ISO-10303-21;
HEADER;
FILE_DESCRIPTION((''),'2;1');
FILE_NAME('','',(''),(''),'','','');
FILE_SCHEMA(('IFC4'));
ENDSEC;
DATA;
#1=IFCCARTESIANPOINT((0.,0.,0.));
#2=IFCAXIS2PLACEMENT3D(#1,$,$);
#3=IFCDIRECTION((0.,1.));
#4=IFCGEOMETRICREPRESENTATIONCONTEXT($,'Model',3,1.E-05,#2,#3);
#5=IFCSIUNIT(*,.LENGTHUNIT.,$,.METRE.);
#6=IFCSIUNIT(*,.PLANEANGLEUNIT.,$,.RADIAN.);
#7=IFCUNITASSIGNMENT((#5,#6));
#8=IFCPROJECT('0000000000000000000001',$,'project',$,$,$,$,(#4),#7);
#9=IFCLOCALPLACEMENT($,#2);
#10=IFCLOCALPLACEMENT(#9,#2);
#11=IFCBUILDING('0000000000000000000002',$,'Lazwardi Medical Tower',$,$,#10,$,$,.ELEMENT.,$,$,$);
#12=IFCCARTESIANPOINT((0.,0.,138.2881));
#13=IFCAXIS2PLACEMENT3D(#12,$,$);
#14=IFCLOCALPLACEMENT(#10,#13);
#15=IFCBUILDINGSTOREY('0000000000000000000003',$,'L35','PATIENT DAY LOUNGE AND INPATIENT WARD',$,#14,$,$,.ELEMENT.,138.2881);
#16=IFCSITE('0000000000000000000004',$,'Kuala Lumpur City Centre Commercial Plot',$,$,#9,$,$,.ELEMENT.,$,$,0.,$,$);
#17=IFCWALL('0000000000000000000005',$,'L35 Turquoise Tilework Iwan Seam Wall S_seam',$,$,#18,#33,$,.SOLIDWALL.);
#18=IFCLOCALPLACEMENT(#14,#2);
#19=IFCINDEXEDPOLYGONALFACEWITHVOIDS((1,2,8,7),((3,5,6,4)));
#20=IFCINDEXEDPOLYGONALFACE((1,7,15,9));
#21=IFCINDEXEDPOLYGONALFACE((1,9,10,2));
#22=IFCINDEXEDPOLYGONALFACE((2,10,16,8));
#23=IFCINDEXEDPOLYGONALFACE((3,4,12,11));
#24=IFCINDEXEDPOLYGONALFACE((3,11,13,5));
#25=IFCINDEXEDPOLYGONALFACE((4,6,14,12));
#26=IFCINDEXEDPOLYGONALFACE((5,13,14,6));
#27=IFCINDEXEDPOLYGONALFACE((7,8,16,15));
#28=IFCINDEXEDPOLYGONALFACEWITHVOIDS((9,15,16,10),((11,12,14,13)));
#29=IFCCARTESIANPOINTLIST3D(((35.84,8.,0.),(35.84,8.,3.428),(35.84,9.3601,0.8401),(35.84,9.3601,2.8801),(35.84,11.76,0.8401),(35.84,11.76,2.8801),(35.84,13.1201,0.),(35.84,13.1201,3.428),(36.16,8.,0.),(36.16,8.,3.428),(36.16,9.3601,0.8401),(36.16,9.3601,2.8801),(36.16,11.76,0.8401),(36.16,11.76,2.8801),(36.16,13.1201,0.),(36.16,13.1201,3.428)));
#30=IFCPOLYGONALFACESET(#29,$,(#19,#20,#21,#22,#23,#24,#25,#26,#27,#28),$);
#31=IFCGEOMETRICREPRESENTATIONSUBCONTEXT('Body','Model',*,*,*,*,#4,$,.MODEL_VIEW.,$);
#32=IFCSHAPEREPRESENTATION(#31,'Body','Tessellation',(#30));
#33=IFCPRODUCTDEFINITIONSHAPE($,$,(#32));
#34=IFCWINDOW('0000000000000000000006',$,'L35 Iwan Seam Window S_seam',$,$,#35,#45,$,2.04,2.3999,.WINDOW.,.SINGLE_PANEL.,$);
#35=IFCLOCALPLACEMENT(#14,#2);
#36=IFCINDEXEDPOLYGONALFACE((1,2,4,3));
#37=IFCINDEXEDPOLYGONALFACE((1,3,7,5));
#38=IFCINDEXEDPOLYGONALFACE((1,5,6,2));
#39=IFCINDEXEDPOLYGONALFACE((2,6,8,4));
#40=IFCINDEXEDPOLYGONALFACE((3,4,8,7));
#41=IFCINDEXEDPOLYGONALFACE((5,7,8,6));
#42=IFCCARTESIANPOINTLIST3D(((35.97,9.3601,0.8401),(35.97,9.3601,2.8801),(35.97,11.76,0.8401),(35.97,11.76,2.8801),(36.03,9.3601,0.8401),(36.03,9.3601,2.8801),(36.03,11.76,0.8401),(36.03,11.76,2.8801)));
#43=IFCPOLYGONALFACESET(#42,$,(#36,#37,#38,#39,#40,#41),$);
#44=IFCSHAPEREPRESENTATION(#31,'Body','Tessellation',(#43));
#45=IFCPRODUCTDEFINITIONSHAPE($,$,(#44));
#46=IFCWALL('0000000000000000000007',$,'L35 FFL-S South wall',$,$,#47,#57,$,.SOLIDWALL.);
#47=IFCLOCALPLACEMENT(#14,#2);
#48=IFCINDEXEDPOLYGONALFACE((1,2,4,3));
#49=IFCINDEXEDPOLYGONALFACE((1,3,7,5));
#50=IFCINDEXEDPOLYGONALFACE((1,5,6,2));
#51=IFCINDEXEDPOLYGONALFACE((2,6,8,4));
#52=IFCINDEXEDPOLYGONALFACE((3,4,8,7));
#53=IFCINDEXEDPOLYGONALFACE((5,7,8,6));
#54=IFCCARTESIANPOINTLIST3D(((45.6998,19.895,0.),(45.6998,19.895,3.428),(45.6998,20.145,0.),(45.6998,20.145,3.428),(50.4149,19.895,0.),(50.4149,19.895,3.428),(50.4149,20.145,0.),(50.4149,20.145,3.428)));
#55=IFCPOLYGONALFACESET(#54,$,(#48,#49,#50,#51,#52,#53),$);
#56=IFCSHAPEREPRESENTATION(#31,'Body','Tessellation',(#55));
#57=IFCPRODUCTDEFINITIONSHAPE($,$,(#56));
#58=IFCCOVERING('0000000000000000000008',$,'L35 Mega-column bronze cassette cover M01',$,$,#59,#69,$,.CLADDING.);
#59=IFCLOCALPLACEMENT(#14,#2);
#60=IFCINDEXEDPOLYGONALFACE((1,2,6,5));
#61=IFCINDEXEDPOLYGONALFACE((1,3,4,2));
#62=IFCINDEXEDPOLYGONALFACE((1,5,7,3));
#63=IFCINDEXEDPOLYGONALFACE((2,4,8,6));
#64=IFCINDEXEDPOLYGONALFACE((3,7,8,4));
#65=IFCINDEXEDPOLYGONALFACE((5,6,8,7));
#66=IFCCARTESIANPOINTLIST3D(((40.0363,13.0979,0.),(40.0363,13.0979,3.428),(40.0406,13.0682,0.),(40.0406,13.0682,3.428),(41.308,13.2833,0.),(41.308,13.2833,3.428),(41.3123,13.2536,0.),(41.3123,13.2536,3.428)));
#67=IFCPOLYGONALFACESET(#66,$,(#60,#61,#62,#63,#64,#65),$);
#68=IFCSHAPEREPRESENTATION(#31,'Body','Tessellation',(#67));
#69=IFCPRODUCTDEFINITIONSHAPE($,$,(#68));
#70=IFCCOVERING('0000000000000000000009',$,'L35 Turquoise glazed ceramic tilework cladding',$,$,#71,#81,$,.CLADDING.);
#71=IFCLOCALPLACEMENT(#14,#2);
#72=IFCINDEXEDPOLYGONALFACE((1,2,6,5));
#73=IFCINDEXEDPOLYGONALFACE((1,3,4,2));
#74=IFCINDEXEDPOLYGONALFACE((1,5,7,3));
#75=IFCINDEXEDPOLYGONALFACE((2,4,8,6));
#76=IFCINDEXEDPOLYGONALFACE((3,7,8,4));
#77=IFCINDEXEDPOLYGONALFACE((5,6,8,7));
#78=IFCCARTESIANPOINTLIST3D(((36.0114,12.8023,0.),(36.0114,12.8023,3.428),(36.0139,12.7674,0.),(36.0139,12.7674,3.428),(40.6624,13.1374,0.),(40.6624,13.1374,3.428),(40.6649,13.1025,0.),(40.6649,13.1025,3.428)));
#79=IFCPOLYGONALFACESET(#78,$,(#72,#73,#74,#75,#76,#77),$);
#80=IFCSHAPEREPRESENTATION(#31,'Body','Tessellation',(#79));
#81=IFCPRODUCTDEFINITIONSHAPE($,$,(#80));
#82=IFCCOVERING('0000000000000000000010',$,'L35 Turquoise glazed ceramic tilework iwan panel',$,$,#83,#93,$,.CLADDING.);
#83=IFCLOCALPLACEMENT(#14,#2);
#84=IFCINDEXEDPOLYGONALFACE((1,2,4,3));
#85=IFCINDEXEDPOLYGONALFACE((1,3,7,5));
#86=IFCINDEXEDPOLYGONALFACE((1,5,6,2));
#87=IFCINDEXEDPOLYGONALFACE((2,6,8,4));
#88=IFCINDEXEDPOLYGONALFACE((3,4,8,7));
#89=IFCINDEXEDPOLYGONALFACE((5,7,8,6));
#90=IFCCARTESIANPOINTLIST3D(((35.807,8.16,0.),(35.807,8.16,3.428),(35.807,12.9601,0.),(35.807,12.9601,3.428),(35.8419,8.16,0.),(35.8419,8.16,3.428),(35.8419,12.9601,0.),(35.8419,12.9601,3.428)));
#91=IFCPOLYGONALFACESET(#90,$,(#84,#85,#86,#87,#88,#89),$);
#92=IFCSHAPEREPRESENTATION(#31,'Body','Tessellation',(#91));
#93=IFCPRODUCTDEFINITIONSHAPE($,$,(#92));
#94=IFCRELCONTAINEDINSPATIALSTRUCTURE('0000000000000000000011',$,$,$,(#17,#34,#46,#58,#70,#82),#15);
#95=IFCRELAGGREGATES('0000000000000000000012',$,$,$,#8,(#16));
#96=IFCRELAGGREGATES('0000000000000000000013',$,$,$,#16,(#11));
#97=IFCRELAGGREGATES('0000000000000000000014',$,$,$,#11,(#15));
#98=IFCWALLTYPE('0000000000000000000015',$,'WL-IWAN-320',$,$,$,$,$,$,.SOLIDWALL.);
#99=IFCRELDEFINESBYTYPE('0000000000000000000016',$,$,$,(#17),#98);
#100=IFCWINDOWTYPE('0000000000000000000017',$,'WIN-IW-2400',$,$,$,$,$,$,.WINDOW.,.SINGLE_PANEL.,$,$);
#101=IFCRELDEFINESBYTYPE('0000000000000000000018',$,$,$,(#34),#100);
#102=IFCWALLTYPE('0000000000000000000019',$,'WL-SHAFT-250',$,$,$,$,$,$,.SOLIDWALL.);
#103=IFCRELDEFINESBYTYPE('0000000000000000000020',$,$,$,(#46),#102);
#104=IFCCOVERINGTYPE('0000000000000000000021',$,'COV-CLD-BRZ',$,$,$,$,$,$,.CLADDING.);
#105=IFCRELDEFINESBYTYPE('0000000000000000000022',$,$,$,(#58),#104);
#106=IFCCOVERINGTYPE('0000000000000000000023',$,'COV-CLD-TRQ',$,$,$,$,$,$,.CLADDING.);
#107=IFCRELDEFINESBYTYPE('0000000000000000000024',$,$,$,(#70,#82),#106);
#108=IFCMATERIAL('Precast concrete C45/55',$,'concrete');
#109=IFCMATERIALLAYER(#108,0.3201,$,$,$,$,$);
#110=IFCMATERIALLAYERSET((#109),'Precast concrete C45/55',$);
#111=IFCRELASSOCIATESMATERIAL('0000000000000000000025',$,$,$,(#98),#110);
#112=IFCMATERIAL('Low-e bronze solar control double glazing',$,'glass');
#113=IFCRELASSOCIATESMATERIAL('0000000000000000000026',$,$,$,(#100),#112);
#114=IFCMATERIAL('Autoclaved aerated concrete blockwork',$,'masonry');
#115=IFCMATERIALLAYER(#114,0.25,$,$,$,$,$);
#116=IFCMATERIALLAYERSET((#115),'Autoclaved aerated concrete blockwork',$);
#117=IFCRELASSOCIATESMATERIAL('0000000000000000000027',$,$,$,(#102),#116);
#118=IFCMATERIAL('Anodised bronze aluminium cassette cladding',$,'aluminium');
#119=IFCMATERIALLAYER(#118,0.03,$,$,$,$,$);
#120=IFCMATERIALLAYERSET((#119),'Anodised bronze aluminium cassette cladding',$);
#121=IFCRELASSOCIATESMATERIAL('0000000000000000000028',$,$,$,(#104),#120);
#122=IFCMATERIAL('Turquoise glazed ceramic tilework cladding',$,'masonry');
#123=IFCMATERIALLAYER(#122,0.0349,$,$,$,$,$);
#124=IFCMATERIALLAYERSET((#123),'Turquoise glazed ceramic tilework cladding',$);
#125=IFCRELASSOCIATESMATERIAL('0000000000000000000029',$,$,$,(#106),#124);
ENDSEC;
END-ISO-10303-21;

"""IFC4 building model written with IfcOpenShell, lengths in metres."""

from ifc_helpers import new_model, si_unit, direction, frame, frame_2d, origin, origin_2d, place, context, subcontext, project, spatial, rectangle, extrude, material, layer, layer_set, type_object, element, fill, save


model = new_model("IFC4")

# Units and contexts
model_context = context("Model", 3, precision=1e-05, world=origin(), true_north=direction((0.0, 1.0)))
body_context = subcontext(model_context, "Body", "Model", "MODEL_VIEW")
ifc_project = project(units=[si_unit("LENGTHUNIT", "METRE"), si_unit("PLANEANGLEUNIT", "RADIAN")], contexts=[model_context])

# Site, building, storey
site_placement = place(None, origin())
site = spatial("IfcSite", under=ifc_project, at=site_placement, Name="Kuala Lumpur City Centre Commercial Plot", CompositionType="ELEMENT", RefElevation=0.0)
building_placement = place(site_placement, origin())
building = spatial("IfcBuilding", under=site, at=building_placement, Name="Lazwardi Medical Tower", CompositionType="ELEMENT")
storey_placement = place(building_placement, frame((0.0, 0.0, 138.2881)))
storey = spatial("IfcBuildingStorey", under=building, at=storey_placement, Name="L35", Description="PATIENT DAY LOUNGE AND INPATIENT WARD", CompositionType="ELEMENT", Elevation=138.2881)

# Shared definitions
ifc_material_1 = material(Name="Low-e bronze solar control double glazing", Category="glass")

# Wall, opening, window
ifc_material_2 = material(Name="Precast concrete C45/55", Category="concrete")
ifc_layer_1 = layer(ifc_material_2, 0.3201)
ifc_layer_set_1 = layer_set([ifc_layer_1], Name="Precast concrete C45/55")
wall_type_1 = type_object("IfcWallType", Name="WL-IWAN-320", PredefinedType="SOLIDWALL", material=ifc_layer_set_1)
wall_1_placement = place(storey_placement, frame((36.0, 8.0, 0.0), z_axis=(0.0, 0.0, 1.0), x_axis=(0.0, 1.0, 0.0)))
wall_1 = element("IfcWall", 1, at=wall_1_placement, inside=storey, type_object=wall_type_1, Name="L35 Turquoise Tilework Iwan Seam Wall S_seam", PredefinedType="SOLIDWALL", context=body_context, shape_type="SweptSolid", body=[
    extrude(rectangle(XDim=5.1201, YDim=0.3201, at=frame_2d((2.5601, 0.0))), origin(), (0.0, 0.0, 1.0), 3.428),
])
opening_1_placement = place(wall_1_placement, frame((1.3601, 0.0, 0.8401)))
opening_1 = element("IfcOpeningElement", 2, at=opening_1_placement, cuts=wall_1, PredefinedType="OPENING", context=body_context, shape_type="SweptSolid", body=[
    extrude(rectangle(XDim=2.3999, YDim=2.04, at=frame_2d((1.2, 1.02))), frame((0.0, 0.1699, 0.0), z_axis=(0.0, -1.0, 0.0), x_axis=(1.0, 0.0, 0.0)), (0.0, 0.0, 1.0), 0.3401),
])
window_type_1 = type_object("IfcWindowType", Name="WIN-IW-2400", PartitioningType="SINGLE_PANEL", PredefinedType="WINDOW", material=ifc_material_1)
window_1_placement = place(opening_1_placement, origin())
window_1 = element("IfcWindow", 3, at=window_1_placement, inside=storey, type_object=window_type_1, Name="L35 Iwan Seam Window S_seam", OverallHeight=2.04, OverallWidth=2.3999, PartitioningType="SINGLE_PANEL", PredefinedType="WINDOW", context=body_context, shape_type="SweptSolid", body=[
    extrude(rectangle(XDim=2.3999, YDim=2.04, at=frame_2d((1.2, 1.02))), frame((0.0, 0.03, 0.0), z_axis=(0.0, -1.0, 0.0), x_axis=(1.0, 0.0, 0.0)), (0.0, 0.0, 1.0), 0.0601),
])
fill(opening_1, window_1)

# Wall
ifc_material_3 = material(Name="Autoclaved aerated concrete blockwork", Category="masonry")
ifc_layer_2 = layer(ifc_material_3, 0.25)
ifc_layer_set_2 = layer_set([ifc_layer_2], Name="Autoclaved aerated concrete blockwork")
wall_type_2 = type_object("IfcWallType", Name="WL-SHAFT-250", PredefinedType="SOLIDWALL", material=ifc_layer_set_2)
wall_2_placement = place(storey_placement, frame((45.7, 20.02, 0.0), z_axis=(0.0, 0.0, 1.0), x_axis=(1.0, 0.0, 0.0)))
element("IfcWall", 4, at=wall_2_placement, inside=storey, type_object=wall_type_2, Name="L35 FFL-S South wall", PredefinedType="SOLIDWALL", context=body_context, shape_type="SweptSolid", body=[
    extrude(rectangle(XDim=4.7151, YDim=0.25, at=frame_2d((2.3574, 0.0))), origin(), (0.0, 0.0, 1.0), 3.428),
])

# Coverings
ifc_material_4 = material(Name="Anodised bronze aluminium cassette cladding", Category="aluminium")
ifc_layer_3 = layer(ifc_material_4, 0.03)
ifc_layer_set_3 = layer_set([ifc_layer_3], Name="Anodised bronze aluminium cassette cladding")
covering_type_1 = type_object("IfcCoveringType", Name="COV-CLD-BRZ", PredefinedType="CLADDING", material=ifc_layer_set_3)
covering_1_placement = place(storey_placement, frame((40.6743, 13.1758, 0.0), z_axis=(0.0, 0.0, 1.0), x_axis=(0.989539, 0.144265, 0.0)))
element("IfcCovering", 5, at=covering_1_placement, inside=storey, type_object=covering_type_1, Name="L35 Mega-column bronze cassette cover M01", PredefinedType="CLADDING", context=body_context, shape_type="SweptSolid", body=[
    extrude(rectangle(XDim=1.2852, YDim=0.03, at=origin_2d()), origin(), (0.0, 0.0, 1.0), 3.428),
])
ifc_material_5 = material(Name="Turquoise glazed ceramic tilework cladding", Category="masonry")
ifc_layer_4 = layer(ifc_material_5, 0.0349)
ifc_layer_set_4 = layer_set([ifc_layer_4], Name="Turquoise glazed ceramic tilework cladding")
covering_type_2 = type_object("IfcCoveringType", Name="COV-CLD-TRQ", PredefinedType="CLADDING", material=ifc_layer_set_4)
covering_2_placement = place(storey_placement, frame((38.3381, 12.9524, 0.0), z_axis=(0.0, 0.0, 1.0), x_axis=(0.997415, 0.071863, 0.0)))
element("IfcCovering", 6, at=covering_2_placement, inside=storey, type_object=covering_type_2, Name="L35 Turquoise glazed ceramic tilework cladding", PredefinedType="CLADDING", context=body_context, shape_type="SweptSolid", body=[
    extrude(rectangle(XDim=4.6631, YDim=0.0349, at=origin_2d()), origin(), (0.0, 0.0, 1.0), 3.428),
])
covering_3_placement = place(storey_placement, frame((35.8245, 10.5601, 0.0), z_axis=(0.0, 0.0, 1.0), x_axis=(0.0, 1.0, 0.0)))
element("IfcCovering", 7, at=covering_3_placement, inside=storey, type_object=covering_type_2, Name="L35 Turquoise glazed ceramic tilework iwan panel", PredefinedType="CLADDING", context=body_context, shape_type="SweptSolid", body=[
    extrude(rectangle(XDim=4.8, YDim=0.0349, at=origin_2d()), origin(), (0.0, 0.0, 1.0), 3.428),
])

save(model, "model.ifc")
